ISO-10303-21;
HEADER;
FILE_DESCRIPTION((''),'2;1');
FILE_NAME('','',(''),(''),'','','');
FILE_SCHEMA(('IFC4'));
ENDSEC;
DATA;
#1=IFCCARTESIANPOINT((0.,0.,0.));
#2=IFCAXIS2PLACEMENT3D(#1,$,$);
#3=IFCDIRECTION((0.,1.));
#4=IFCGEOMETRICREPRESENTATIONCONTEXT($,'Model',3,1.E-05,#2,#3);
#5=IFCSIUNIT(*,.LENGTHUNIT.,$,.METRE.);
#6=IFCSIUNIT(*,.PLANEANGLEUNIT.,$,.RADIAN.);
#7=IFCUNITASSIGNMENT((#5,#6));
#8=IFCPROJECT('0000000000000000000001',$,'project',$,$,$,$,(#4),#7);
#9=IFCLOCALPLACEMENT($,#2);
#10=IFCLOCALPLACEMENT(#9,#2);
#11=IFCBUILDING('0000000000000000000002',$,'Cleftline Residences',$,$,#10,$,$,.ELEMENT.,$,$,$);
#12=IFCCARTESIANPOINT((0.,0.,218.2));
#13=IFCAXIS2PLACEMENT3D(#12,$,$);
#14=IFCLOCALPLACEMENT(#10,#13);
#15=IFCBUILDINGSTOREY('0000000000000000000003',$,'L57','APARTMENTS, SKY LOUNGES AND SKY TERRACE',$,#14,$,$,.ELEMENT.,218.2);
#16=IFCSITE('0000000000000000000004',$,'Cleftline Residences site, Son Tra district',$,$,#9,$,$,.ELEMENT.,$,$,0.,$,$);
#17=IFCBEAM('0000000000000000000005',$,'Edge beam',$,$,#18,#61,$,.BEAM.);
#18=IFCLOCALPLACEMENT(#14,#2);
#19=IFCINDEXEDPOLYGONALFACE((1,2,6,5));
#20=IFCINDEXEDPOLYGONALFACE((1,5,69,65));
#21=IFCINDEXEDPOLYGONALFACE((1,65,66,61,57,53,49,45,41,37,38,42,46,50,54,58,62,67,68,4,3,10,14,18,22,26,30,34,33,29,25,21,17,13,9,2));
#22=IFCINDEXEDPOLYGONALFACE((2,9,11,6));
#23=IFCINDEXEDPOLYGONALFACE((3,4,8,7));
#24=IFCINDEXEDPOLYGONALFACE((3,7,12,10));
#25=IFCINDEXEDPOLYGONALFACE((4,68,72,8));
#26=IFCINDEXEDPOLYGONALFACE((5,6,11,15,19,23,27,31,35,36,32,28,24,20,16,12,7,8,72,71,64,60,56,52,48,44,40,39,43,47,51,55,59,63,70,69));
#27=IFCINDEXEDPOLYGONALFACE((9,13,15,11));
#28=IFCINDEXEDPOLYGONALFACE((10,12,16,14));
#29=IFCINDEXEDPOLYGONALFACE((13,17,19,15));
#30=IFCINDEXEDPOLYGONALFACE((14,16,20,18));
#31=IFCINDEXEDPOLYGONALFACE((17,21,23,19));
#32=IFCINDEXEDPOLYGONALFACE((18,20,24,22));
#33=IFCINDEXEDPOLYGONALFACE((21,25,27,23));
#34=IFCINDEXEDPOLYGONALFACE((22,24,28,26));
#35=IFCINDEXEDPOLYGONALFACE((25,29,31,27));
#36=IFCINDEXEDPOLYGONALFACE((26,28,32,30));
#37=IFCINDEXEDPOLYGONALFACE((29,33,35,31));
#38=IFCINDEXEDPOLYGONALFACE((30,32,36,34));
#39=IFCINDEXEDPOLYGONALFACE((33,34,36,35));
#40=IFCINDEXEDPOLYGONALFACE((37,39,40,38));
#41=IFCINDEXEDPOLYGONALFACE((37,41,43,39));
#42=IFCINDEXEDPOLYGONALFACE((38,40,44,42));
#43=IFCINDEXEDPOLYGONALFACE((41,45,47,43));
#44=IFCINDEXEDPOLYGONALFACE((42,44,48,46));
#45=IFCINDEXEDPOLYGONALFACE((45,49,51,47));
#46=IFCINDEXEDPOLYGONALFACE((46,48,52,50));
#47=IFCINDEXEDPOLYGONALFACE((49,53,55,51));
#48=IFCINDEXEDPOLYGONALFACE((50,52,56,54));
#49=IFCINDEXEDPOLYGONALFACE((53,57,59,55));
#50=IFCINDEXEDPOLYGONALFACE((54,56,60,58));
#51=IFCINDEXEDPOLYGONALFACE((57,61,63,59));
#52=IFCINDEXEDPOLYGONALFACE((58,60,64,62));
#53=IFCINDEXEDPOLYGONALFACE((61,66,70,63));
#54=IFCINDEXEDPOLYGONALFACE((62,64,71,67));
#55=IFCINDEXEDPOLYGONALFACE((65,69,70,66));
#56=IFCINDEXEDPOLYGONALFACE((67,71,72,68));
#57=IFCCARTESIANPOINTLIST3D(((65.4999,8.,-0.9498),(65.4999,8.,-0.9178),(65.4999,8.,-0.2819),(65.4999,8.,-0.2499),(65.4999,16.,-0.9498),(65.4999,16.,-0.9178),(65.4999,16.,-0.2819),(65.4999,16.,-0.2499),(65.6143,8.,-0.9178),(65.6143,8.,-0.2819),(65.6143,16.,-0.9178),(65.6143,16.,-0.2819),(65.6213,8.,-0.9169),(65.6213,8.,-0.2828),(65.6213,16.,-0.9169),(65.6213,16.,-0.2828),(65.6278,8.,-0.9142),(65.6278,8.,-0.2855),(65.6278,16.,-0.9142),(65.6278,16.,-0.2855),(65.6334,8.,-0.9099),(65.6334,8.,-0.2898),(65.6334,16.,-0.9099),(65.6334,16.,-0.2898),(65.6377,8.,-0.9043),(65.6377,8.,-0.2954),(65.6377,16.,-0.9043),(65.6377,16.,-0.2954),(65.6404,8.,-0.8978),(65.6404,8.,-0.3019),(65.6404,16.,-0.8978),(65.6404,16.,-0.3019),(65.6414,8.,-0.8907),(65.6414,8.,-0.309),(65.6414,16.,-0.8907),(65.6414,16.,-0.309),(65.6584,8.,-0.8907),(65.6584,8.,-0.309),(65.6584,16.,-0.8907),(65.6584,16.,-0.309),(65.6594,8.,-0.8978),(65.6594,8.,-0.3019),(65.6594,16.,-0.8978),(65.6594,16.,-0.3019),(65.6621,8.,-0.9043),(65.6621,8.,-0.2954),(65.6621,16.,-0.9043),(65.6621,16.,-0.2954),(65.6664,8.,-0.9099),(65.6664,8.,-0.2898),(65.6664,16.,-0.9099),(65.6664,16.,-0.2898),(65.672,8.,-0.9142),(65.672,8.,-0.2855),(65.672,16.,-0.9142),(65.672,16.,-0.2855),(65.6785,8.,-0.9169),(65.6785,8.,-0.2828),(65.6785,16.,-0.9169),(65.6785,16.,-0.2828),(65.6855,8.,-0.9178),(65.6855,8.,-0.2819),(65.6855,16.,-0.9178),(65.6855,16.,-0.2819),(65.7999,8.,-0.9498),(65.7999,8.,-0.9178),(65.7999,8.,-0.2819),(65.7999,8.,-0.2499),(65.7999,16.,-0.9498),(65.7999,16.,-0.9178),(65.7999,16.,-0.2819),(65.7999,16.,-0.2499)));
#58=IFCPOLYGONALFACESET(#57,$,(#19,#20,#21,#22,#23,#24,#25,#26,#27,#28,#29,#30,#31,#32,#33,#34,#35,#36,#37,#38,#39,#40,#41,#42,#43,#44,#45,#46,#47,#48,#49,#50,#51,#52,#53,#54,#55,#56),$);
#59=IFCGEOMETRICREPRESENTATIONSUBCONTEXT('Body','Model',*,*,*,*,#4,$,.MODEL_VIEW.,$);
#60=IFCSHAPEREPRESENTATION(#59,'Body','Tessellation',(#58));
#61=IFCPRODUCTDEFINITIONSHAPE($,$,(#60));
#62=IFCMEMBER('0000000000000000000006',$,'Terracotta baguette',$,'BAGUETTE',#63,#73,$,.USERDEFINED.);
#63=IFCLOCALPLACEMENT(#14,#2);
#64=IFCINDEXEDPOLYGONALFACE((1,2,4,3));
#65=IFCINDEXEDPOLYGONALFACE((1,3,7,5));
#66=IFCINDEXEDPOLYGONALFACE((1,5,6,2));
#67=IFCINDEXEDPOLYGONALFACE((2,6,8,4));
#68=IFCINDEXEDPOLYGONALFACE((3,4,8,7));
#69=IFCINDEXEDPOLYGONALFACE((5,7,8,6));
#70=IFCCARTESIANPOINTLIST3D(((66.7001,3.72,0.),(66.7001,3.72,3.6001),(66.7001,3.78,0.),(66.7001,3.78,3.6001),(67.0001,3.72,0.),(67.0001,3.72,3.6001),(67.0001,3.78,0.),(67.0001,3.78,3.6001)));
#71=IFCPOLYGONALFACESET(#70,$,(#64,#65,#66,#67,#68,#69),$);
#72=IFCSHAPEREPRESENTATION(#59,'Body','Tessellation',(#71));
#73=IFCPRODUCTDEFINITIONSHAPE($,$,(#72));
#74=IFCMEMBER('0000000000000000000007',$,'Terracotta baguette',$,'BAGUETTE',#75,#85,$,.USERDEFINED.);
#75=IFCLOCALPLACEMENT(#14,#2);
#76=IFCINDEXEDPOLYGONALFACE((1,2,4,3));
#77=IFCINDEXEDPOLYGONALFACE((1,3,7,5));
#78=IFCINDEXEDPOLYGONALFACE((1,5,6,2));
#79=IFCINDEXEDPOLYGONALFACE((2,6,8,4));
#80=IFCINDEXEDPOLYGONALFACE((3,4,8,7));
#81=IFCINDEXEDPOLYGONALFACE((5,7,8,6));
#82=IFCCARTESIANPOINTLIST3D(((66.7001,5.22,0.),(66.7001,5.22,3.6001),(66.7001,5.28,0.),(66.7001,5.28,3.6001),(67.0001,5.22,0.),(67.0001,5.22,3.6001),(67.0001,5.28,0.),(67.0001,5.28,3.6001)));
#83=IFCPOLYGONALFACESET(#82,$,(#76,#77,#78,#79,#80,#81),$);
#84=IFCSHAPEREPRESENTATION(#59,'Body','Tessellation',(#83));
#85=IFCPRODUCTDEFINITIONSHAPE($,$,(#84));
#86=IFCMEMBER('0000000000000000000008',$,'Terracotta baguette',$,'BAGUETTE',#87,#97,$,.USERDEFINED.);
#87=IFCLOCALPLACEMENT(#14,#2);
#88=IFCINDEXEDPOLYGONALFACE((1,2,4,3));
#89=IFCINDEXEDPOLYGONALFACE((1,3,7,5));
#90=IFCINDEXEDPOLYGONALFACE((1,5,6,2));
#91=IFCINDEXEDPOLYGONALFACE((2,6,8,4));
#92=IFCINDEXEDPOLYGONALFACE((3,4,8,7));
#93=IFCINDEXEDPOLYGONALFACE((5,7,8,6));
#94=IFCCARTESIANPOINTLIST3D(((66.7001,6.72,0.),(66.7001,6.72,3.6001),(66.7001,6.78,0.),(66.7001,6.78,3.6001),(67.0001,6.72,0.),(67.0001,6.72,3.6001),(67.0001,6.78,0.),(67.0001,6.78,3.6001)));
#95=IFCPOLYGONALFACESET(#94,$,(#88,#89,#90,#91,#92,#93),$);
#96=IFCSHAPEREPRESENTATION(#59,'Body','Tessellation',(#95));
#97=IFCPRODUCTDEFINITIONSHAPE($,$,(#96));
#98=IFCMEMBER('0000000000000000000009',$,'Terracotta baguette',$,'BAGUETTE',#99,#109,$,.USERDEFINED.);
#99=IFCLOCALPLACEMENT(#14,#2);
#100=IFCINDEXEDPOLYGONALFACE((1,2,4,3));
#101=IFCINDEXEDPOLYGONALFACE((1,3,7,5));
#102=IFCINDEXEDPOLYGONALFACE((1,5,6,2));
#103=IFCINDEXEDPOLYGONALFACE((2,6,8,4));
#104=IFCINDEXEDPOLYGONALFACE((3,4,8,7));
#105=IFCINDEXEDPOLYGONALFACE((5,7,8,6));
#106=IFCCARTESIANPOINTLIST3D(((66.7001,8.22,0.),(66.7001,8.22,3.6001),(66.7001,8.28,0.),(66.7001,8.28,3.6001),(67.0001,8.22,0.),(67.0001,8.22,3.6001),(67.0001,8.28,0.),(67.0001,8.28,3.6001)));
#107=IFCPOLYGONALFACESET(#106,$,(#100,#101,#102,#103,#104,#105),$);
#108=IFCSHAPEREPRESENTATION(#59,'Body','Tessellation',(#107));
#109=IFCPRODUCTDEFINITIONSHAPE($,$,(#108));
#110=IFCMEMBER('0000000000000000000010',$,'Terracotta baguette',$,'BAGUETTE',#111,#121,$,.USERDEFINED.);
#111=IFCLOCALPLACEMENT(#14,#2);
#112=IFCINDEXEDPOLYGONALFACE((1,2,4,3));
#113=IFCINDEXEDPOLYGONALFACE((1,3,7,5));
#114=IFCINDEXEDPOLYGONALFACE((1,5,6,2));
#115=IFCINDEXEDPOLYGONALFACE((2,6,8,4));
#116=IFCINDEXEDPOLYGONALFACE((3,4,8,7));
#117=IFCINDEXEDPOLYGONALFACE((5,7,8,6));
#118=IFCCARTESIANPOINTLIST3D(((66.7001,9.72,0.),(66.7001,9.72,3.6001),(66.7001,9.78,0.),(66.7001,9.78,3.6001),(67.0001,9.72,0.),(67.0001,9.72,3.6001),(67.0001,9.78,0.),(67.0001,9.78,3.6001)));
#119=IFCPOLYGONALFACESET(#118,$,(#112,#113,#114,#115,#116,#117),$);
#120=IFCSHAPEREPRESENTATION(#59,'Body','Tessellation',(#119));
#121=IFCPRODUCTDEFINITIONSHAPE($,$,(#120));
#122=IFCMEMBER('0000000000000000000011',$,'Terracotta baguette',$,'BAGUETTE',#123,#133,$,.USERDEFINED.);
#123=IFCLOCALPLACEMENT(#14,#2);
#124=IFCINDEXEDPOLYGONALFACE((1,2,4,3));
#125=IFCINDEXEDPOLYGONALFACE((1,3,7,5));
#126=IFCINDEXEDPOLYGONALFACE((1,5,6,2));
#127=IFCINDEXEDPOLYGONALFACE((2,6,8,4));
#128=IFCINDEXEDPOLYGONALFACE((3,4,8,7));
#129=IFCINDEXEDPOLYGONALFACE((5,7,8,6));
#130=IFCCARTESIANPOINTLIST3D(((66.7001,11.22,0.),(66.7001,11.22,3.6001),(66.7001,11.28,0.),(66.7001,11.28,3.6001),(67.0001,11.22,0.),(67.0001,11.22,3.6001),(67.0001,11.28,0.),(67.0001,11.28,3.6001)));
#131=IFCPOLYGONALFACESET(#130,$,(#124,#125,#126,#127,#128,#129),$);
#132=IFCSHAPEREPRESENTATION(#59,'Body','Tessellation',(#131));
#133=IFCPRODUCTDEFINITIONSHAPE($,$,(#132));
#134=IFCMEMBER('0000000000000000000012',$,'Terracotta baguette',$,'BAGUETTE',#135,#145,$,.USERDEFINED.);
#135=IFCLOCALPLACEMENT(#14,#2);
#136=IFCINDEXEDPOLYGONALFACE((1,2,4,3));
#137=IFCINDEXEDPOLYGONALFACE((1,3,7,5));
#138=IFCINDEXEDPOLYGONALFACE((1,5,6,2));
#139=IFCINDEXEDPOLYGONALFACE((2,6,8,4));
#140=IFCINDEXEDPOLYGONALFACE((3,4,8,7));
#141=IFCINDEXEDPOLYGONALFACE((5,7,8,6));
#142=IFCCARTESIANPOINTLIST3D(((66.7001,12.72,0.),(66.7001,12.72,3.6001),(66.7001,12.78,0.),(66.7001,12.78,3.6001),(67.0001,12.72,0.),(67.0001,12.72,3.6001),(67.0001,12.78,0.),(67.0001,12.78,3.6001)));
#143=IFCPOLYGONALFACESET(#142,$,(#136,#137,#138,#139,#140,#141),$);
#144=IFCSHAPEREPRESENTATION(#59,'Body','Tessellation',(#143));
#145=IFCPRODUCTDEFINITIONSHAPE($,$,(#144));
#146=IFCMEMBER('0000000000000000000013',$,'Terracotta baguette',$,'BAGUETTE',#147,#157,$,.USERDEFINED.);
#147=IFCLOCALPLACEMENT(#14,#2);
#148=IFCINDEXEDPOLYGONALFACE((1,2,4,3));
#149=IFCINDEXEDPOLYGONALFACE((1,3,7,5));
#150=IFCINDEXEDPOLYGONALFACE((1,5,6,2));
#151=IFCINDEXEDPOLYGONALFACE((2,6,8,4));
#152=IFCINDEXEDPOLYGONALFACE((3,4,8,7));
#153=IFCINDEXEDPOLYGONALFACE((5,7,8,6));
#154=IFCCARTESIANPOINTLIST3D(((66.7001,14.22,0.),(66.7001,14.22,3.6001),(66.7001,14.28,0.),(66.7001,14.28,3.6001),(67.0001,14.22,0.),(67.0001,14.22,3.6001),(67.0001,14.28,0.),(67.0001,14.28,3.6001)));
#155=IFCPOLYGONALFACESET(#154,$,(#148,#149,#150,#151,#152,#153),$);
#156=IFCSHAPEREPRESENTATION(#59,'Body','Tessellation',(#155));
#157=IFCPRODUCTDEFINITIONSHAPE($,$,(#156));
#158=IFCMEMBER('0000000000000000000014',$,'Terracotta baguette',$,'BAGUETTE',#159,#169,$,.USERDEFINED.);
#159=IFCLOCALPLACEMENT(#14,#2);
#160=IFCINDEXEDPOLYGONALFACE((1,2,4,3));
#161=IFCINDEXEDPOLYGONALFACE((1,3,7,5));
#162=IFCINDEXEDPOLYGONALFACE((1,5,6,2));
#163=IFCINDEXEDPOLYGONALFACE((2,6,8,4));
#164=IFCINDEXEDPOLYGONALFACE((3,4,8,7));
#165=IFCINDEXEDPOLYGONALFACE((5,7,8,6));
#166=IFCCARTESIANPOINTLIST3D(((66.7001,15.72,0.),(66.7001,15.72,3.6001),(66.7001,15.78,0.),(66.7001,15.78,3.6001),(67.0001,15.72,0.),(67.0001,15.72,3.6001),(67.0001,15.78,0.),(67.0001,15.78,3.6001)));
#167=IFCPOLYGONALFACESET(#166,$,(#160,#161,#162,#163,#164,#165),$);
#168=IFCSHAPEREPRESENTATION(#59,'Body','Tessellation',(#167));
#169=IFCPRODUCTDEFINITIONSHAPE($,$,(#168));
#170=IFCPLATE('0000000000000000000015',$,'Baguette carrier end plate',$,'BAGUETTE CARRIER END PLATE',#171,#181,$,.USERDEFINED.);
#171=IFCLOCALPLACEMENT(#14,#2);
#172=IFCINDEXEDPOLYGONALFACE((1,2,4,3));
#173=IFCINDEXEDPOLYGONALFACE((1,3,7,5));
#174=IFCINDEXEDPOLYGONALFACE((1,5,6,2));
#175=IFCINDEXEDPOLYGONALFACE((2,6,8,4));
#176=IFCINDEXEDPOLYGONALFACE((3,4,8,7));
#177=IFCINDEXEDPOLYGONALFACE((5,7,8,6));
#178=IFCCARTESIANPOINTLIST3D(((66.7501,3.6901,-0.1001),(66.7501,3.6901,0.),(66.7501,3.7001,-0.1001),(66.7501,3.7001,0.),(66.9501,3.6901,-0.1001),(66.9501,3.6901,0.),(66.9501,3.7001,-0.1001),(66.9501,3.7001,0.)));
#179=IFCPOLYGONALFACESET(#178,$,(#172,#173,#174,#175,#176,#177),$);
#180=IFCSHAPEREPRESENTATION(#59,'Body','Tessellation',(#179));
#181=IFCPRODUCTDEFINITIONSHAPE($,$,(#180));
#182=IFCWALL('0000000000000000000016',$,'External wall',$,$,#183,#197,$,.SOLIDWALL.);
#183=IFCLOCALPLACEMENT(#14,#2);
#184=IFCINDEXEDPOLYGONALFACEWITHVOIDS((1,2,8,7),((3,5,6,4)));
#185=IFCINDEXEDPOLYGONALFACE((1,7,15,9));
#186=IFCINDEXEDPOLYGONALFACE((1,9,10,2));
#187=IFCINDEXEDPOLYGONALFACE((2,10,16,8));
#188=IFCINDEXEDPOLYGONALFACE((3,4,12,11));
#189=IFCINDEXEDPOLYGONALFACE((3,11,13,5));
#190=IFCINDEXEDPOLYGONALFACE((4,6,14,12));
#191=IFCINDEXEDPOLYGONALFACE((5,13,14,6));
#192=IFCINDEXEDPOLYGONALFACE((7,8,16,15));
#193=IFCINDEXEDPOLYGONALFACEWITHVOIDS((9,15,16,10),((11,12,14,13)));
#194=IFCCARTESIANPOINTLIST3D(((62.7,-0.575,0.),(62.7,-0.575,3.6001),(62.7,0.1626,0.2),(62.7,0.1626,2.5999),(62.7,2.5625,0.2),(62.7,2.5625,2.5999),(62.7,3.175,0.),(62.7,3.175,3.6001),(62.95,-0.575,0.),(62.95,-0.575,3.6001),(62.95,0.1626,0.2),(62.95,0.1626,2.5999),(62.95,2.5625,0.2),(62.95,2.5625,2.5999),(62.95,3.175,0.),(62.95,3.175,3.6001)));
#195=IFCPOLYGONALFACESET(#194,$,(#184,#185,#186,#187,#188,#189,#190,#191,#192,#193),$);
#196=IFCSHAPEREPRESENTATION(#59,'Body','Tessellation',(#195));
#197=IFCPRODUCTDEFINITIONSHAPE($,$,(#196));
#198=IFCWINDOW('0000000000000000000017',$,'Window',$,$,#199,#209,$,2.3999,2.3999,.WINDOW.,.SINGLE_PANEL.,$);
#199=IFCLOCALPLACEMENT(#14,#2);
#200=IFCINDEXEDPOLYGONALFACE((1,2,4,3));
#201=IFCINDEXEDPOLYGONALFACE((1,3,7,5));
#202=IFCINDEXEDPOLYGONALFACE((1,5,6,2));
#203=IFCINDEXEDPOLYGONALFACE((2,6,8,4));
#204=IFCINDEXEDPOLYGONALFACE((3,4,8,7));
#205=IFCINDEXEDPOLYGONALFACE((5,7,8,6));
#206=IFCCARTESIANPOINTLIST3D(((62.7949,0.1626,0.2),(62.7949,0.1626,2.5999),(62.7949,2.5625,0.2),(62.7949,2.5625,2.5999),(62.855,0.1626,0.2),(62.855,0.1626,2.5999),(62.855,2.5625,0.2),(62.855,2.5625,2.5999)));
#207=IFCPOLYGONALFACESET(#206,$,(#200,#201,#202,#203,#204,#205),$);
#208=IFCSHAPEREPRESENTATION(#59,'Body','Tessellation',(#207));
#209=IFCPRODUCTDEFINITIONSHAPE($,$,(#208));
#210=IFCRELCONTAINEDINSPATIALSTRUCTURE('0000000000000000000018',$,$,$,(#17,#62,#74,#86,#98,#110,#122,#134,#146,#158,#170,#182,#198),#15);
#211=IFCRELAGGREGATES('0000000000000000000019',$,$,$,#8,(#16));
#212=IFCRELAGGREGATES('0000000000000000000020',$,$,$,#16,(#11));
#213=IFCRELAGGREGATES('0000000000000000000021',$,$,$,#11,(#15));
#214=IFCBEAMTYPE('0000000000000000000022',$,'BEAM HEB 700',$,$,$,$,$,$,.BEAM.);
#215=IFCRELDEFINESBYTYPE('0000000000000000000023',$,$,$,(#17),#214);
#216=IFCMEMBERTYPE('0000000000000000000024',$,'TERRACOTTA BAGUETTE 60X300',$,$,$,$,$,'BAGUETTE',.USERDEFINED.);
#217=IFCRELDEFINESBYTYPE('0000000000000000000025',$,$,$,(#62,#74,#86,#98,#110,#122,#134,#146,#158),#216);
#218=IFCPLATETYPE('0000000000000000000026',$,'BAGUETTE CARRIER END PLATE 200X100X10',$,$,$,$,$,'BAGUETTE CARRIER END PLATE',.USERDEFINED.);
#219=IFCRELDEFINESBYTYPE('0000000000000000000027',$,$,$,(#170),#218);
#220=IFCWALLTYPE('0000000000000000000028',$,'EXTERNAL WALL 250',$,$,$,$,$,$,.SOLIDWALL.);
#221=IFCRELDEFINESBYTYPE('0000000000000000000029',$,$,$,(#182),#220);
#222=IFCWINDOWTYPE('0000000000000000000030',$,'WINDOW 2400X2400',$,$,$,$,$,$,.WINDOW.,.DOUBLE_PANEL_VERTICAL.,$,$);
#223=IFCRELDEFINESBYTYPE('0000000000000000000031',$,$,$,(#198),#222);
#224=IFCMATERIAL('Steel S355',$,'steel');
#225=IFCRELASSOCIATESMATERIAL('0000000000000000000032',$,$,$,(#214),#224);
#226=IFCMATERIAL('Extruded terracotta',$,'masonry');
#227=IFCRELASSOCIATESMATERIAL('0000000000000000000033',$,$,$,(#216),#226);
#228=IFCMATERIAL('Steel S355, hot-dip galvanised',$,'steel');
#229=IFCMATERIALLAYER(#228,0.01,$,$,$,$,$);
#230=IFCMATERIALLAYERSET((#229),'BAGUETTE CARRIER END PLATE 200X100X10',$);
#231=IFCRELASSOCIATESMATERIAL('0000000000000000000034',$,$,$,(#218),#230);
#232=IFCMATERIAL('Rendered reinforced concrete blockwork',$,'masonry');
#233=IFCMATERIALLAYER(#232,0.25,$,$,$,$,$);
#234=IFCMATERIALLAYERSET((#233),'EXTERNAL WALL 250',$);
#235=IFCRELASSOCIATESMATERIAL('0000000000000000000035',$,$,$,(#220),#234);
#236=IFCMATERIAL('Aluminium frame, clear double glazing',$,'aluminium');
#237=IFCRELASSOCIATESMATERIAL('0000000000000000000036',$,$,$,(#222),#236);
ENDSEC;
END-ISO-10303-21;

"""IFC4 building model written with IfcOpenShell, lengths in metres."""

from ifc_helpers import new_model, si_unit, direction, frame, frame_2d, origin, origin_2d, place, context, subcontext, project, spatial, rectangle, i_section, extrude, material, layer, layer_set, material_profile, profile_set, type_object, element, fill, save


model = new_model("IFC4")

# Units and contexts
model_context = context("Model", 3, precision=1e-05, world=origin(), true_north=direction((0.0, 1.0)))
body_context = subcontext(model_context, "Body", "Model", "MODEL_VIEW")
ifc_project = project(units=[si_unit("LENGTHUNIT", "METRE"), si_unit("PLANEANGLEUNIT", "RADIAN")], contexts=[model_context])

# Site, building, storey
site_placement = place(None, origin())
site = spatial("IfcSite", under=ifc_project, at=site_placement, Name="Cleftline Residences site, Son Tra district", CompositionType="ELEMENT", RefElevation=0.0)
building_placement = place(site_placement, origin())
building = spatial("IfcBuilding", under=site, at=building_placement, Name="Cleftline Residences", CompositionType="ELEMENT")
storey_placement = place(building_placement, frame((0.0, 0.0, 218.2)))
storey = spatial("IfcBuildingStorey", under=building, at=storey_placement, Name="L57", Description="APARTMENTS, SKY LOUNGES AND SKY TERRACE", CompositionType="ELEMENT", Elevation=218.2)

# Beam
ifc_material_1 = material(Name="Steel S355", Category="steel")
ifc_material_profile_1 = material_profile(ifc_material_1, i_section(OverallWidth=0.3, OverallDepth=0.7, WebThickness=0.0171, FlangeThickness=0.032, FilletRadius=0.0271, at=origin_2d()))
ifc_profile_set_1 = profile_set([ifc_material_profile_1], Name="Steel S355")
beam_type = type_object("IfcBeamType", Name="BEAM HEB 700", PredefinedType="BEAM", material=ifc_profile_set_1)
beam_placement = place(storey_placement, frame((65.6499, 8.0, -0.5999), z_axis=(0.0, 1.0, 0.0), x_axis=(-1.0, 0.0, 0.0)))
element("IfcBeam", 1, at=beam_placement, inside=storey, type_object=beam_type, Name="Edge beam", PredefinedType="BEAM", context=body_context, shape_type="SweptSolid", body=[
    extrude(i_section(OverallWidth=0.3, OverallDepth=0.7, WebThickness=0.0171, FlangeThickness=0.032, FilletRadius=0.0271, at=origin_2d()), origin(), (0.0, 0.0, 1.0), 8.0),
])

# Members
ifc_material_2 = material(Name="Extruded terracotta", Category="masonry")
ifc_material_profile_2 = material_profile(ifc_material_2, rectangle(XDim=0.0601, YDim=0.3, at=origin_2d()))
ifc_profile_set_2 = profile_set([ifc_material_profile_2], Name="Extruded terracotta")
member_type_1 = type_object("IfcMemberType", Name="TERRACOTTA BAGUETTE 60X300", ElementType="BAGUETTE", PredefinedType="USERDEFINED", material=ifc_profile_set_2)
for number, where, z_axis, x_axis, name in (
    (2, (66.8501, 3.75, 0.0), (0.0, 0.0, 1.0), (0.0, 1.0, 0.0), "Terracotta baguette"),
    (3, (66.8501, 5.25, 0.0), (0.0, 0.0, 1.0), (0.0, 1.0, 0.0), "Terracotta baguette"),
    (4, (66.8501, 6.75, 0.0), (0.0, 0.0, 1.0), (0.0, 1.0, 0.0), "Terracotta baguette"),
    (5, (66.8501, 8.25, 0.0), (0.0, 0.0, 1.0), (0.0, 1.0, 0.0), "Terracotta baguette"),
    (6, (66.8501, 9.75, 0.0), (0.0, 0.0, 1.0), (0.0, 1.0, 0.0), "Terracotta baguette"),
    (7, (66.8501, 11.25, 0.0), (0.0, 0.0, 1.0), (0.0, 1.0, 0.0), "Terracotta baguette"),
    (8, (66.8501, 12.75, 0.0), (0.0, 0.0, 1.0), (0.0, 1.0, 0.0), "Terracotta baguette"),
    (9, (66.8501, 14.25, 0.0), (0.0, 0.0, 1.0), (0.0, 1.0, 0.0), "Terracotta baguette"),
    (10, (66.8501, 15.75, 0.0), (0.0, 0.0, 1.0), (0.0, 1.0, 0.0), "Terracotta baguette"),
):
    element("IfcMember", number, at=place(storey_placement, frame(where, z_axis=z_axis, x_axis=x_axis)), inside=storey, type_object=member_type_1, Name=name, ObjectType="BAGUETTE", PredefinedType="USERDEFINED", context=body_context, shape_type="SweptSolid", body=[
        extrude(rectangle(XDim=0.0601, YDim=0.3, at=origin_2d()), origin(), (0.0, 0.0, 1.0), 3.6001),
    ])

# Plate
ifc_material_3 = material(Name="Steel S355, hot-dip galvanised", Category="steel")
ifc_layer_1 = layer(ifc_material_3, 0.01)
ifc_layer_set_1 = layer_set([ifc_layer_1], Name="BAGUETTE CARRIER END PLATE 200X100X10")
plate_type = type_object("IfcPlateType", Name="BAGUETTE CARRIER END PLATE 200X100X10", ElementType="BAGUETTE CARRIER END PLATE", PredefinedType="USERDEFINED", material=ifc_layer_set_1)
plate_placement = place(storey_placement, frame((66.8501, 3.6951, -0.1001), z_axis=(0.0, 0.0, 1.0), x_axis=(1.0, 0.0, 0.0)))
element("IfcPlate", 11, at=plate_placement, inside=storey, type_object=plate_type, Name="Baguette carrier end plate", ObjectType="BAGUETTE CARRIER END PLATE", PredefinedType="USERDEFINED", context=body_context, shape_type="SweptSolid", body=[
    extrude(rectangle(XDim=0.2, YDim=0.01, at=origin_2d()), origin(), (0.0, 0.0, 1.0), 0.1001),
])

# Wall, opening, window
ifc_material_4 = material(Name="Rendered reinforced concrete blockwork", Category="masonry")
ifc_layer_2 = layer(ifc_material_4, 0.25)
ifc_layer_set_2 = layer_set([ifc_layer_2], Name="EXTERNAL WALL 250")
wall_type_1 = type_object("IfcWallType", Name="EXTERNAL WALL 250", PredefinedType="SOLIDWALL", material=ifc_layer_set_2)
wall_1_placement = place(storey_placement, frame((62.825, -0.575, 0.0), z_axis=(0.0, 0.0, 1.0), x_axis=(0.0, 1.0, 0.0)))
wall_1 = element("IfcWall", 12, at=wall_1_placement, inside=storey, type_object=wall_type_1, Name="External wall", PredefinedType="SOLIDWALL", context=body_context, shape_type="SweptSolid", body=[
    extrude(rectangle(XDim=3.75, YDim=0.25, at=frame_2d((1.875, 0.0))), origin(), (0.0, 0.0, 1.0), 3.6001),
])
opening_1_placement = place(wall_1_placement, frame((0.7375, 0.0, 0.2)))
opening_1 = element("IfcOpeningElement", 13, at=opening_1_placement, cuts=wall_1, PredefinedType="OPENING", context=body_context, shape_type="SweptSolid", body=[
    extrude(rectangle(XDim=2.3999, YDim=2.3999, at=frame_2d((1.2, 1.2))), frame((0.0, 0.135, 0.0), z_axis=(0.0, -1.0, 0.0), x_axis=(1.0, 0.0, 0.0)), (0.0, 0.0, 1.0), 0.27),
])
ifc_material_5 = material(Name="Aluminium frame, clear double glazing", Category="aluminium")
window_type_1 = type_object("IfcWindowType", Name="WINDOW 2400X2400", PartitioningType="DOUBLE_PANEL_VERTICAL", PredefinedType="WINDOW", material=ifc_material_5)
window_1_placement = place(opening_1_placement, origin())
window_1 = element("IfcWindow", 14, at=window_1_placement, inside=storey, type_object=window_type_1, Name="Window", OverallHeight=2.3999, OverallWidth=2.3999, PartitioningType="SINGLE_PANEL", PredefinedType="WINDOW", context=body_context, shape_type="SweptSolid", body=[
    extrude(rectangle(XDim=2.3999, YDim=2.3999, at=frame_2d((1.2, 1.2))), frame((0.0, 0.03, 0.0), z_axis=(0.0, -1.0, 0.0), x_axis=(1.0, 0.0, 0.0)), (0.0, 0.0, 1.0), 0.0601),
])
fill(opening_1, window_1)

save(model, "model.ifc")
